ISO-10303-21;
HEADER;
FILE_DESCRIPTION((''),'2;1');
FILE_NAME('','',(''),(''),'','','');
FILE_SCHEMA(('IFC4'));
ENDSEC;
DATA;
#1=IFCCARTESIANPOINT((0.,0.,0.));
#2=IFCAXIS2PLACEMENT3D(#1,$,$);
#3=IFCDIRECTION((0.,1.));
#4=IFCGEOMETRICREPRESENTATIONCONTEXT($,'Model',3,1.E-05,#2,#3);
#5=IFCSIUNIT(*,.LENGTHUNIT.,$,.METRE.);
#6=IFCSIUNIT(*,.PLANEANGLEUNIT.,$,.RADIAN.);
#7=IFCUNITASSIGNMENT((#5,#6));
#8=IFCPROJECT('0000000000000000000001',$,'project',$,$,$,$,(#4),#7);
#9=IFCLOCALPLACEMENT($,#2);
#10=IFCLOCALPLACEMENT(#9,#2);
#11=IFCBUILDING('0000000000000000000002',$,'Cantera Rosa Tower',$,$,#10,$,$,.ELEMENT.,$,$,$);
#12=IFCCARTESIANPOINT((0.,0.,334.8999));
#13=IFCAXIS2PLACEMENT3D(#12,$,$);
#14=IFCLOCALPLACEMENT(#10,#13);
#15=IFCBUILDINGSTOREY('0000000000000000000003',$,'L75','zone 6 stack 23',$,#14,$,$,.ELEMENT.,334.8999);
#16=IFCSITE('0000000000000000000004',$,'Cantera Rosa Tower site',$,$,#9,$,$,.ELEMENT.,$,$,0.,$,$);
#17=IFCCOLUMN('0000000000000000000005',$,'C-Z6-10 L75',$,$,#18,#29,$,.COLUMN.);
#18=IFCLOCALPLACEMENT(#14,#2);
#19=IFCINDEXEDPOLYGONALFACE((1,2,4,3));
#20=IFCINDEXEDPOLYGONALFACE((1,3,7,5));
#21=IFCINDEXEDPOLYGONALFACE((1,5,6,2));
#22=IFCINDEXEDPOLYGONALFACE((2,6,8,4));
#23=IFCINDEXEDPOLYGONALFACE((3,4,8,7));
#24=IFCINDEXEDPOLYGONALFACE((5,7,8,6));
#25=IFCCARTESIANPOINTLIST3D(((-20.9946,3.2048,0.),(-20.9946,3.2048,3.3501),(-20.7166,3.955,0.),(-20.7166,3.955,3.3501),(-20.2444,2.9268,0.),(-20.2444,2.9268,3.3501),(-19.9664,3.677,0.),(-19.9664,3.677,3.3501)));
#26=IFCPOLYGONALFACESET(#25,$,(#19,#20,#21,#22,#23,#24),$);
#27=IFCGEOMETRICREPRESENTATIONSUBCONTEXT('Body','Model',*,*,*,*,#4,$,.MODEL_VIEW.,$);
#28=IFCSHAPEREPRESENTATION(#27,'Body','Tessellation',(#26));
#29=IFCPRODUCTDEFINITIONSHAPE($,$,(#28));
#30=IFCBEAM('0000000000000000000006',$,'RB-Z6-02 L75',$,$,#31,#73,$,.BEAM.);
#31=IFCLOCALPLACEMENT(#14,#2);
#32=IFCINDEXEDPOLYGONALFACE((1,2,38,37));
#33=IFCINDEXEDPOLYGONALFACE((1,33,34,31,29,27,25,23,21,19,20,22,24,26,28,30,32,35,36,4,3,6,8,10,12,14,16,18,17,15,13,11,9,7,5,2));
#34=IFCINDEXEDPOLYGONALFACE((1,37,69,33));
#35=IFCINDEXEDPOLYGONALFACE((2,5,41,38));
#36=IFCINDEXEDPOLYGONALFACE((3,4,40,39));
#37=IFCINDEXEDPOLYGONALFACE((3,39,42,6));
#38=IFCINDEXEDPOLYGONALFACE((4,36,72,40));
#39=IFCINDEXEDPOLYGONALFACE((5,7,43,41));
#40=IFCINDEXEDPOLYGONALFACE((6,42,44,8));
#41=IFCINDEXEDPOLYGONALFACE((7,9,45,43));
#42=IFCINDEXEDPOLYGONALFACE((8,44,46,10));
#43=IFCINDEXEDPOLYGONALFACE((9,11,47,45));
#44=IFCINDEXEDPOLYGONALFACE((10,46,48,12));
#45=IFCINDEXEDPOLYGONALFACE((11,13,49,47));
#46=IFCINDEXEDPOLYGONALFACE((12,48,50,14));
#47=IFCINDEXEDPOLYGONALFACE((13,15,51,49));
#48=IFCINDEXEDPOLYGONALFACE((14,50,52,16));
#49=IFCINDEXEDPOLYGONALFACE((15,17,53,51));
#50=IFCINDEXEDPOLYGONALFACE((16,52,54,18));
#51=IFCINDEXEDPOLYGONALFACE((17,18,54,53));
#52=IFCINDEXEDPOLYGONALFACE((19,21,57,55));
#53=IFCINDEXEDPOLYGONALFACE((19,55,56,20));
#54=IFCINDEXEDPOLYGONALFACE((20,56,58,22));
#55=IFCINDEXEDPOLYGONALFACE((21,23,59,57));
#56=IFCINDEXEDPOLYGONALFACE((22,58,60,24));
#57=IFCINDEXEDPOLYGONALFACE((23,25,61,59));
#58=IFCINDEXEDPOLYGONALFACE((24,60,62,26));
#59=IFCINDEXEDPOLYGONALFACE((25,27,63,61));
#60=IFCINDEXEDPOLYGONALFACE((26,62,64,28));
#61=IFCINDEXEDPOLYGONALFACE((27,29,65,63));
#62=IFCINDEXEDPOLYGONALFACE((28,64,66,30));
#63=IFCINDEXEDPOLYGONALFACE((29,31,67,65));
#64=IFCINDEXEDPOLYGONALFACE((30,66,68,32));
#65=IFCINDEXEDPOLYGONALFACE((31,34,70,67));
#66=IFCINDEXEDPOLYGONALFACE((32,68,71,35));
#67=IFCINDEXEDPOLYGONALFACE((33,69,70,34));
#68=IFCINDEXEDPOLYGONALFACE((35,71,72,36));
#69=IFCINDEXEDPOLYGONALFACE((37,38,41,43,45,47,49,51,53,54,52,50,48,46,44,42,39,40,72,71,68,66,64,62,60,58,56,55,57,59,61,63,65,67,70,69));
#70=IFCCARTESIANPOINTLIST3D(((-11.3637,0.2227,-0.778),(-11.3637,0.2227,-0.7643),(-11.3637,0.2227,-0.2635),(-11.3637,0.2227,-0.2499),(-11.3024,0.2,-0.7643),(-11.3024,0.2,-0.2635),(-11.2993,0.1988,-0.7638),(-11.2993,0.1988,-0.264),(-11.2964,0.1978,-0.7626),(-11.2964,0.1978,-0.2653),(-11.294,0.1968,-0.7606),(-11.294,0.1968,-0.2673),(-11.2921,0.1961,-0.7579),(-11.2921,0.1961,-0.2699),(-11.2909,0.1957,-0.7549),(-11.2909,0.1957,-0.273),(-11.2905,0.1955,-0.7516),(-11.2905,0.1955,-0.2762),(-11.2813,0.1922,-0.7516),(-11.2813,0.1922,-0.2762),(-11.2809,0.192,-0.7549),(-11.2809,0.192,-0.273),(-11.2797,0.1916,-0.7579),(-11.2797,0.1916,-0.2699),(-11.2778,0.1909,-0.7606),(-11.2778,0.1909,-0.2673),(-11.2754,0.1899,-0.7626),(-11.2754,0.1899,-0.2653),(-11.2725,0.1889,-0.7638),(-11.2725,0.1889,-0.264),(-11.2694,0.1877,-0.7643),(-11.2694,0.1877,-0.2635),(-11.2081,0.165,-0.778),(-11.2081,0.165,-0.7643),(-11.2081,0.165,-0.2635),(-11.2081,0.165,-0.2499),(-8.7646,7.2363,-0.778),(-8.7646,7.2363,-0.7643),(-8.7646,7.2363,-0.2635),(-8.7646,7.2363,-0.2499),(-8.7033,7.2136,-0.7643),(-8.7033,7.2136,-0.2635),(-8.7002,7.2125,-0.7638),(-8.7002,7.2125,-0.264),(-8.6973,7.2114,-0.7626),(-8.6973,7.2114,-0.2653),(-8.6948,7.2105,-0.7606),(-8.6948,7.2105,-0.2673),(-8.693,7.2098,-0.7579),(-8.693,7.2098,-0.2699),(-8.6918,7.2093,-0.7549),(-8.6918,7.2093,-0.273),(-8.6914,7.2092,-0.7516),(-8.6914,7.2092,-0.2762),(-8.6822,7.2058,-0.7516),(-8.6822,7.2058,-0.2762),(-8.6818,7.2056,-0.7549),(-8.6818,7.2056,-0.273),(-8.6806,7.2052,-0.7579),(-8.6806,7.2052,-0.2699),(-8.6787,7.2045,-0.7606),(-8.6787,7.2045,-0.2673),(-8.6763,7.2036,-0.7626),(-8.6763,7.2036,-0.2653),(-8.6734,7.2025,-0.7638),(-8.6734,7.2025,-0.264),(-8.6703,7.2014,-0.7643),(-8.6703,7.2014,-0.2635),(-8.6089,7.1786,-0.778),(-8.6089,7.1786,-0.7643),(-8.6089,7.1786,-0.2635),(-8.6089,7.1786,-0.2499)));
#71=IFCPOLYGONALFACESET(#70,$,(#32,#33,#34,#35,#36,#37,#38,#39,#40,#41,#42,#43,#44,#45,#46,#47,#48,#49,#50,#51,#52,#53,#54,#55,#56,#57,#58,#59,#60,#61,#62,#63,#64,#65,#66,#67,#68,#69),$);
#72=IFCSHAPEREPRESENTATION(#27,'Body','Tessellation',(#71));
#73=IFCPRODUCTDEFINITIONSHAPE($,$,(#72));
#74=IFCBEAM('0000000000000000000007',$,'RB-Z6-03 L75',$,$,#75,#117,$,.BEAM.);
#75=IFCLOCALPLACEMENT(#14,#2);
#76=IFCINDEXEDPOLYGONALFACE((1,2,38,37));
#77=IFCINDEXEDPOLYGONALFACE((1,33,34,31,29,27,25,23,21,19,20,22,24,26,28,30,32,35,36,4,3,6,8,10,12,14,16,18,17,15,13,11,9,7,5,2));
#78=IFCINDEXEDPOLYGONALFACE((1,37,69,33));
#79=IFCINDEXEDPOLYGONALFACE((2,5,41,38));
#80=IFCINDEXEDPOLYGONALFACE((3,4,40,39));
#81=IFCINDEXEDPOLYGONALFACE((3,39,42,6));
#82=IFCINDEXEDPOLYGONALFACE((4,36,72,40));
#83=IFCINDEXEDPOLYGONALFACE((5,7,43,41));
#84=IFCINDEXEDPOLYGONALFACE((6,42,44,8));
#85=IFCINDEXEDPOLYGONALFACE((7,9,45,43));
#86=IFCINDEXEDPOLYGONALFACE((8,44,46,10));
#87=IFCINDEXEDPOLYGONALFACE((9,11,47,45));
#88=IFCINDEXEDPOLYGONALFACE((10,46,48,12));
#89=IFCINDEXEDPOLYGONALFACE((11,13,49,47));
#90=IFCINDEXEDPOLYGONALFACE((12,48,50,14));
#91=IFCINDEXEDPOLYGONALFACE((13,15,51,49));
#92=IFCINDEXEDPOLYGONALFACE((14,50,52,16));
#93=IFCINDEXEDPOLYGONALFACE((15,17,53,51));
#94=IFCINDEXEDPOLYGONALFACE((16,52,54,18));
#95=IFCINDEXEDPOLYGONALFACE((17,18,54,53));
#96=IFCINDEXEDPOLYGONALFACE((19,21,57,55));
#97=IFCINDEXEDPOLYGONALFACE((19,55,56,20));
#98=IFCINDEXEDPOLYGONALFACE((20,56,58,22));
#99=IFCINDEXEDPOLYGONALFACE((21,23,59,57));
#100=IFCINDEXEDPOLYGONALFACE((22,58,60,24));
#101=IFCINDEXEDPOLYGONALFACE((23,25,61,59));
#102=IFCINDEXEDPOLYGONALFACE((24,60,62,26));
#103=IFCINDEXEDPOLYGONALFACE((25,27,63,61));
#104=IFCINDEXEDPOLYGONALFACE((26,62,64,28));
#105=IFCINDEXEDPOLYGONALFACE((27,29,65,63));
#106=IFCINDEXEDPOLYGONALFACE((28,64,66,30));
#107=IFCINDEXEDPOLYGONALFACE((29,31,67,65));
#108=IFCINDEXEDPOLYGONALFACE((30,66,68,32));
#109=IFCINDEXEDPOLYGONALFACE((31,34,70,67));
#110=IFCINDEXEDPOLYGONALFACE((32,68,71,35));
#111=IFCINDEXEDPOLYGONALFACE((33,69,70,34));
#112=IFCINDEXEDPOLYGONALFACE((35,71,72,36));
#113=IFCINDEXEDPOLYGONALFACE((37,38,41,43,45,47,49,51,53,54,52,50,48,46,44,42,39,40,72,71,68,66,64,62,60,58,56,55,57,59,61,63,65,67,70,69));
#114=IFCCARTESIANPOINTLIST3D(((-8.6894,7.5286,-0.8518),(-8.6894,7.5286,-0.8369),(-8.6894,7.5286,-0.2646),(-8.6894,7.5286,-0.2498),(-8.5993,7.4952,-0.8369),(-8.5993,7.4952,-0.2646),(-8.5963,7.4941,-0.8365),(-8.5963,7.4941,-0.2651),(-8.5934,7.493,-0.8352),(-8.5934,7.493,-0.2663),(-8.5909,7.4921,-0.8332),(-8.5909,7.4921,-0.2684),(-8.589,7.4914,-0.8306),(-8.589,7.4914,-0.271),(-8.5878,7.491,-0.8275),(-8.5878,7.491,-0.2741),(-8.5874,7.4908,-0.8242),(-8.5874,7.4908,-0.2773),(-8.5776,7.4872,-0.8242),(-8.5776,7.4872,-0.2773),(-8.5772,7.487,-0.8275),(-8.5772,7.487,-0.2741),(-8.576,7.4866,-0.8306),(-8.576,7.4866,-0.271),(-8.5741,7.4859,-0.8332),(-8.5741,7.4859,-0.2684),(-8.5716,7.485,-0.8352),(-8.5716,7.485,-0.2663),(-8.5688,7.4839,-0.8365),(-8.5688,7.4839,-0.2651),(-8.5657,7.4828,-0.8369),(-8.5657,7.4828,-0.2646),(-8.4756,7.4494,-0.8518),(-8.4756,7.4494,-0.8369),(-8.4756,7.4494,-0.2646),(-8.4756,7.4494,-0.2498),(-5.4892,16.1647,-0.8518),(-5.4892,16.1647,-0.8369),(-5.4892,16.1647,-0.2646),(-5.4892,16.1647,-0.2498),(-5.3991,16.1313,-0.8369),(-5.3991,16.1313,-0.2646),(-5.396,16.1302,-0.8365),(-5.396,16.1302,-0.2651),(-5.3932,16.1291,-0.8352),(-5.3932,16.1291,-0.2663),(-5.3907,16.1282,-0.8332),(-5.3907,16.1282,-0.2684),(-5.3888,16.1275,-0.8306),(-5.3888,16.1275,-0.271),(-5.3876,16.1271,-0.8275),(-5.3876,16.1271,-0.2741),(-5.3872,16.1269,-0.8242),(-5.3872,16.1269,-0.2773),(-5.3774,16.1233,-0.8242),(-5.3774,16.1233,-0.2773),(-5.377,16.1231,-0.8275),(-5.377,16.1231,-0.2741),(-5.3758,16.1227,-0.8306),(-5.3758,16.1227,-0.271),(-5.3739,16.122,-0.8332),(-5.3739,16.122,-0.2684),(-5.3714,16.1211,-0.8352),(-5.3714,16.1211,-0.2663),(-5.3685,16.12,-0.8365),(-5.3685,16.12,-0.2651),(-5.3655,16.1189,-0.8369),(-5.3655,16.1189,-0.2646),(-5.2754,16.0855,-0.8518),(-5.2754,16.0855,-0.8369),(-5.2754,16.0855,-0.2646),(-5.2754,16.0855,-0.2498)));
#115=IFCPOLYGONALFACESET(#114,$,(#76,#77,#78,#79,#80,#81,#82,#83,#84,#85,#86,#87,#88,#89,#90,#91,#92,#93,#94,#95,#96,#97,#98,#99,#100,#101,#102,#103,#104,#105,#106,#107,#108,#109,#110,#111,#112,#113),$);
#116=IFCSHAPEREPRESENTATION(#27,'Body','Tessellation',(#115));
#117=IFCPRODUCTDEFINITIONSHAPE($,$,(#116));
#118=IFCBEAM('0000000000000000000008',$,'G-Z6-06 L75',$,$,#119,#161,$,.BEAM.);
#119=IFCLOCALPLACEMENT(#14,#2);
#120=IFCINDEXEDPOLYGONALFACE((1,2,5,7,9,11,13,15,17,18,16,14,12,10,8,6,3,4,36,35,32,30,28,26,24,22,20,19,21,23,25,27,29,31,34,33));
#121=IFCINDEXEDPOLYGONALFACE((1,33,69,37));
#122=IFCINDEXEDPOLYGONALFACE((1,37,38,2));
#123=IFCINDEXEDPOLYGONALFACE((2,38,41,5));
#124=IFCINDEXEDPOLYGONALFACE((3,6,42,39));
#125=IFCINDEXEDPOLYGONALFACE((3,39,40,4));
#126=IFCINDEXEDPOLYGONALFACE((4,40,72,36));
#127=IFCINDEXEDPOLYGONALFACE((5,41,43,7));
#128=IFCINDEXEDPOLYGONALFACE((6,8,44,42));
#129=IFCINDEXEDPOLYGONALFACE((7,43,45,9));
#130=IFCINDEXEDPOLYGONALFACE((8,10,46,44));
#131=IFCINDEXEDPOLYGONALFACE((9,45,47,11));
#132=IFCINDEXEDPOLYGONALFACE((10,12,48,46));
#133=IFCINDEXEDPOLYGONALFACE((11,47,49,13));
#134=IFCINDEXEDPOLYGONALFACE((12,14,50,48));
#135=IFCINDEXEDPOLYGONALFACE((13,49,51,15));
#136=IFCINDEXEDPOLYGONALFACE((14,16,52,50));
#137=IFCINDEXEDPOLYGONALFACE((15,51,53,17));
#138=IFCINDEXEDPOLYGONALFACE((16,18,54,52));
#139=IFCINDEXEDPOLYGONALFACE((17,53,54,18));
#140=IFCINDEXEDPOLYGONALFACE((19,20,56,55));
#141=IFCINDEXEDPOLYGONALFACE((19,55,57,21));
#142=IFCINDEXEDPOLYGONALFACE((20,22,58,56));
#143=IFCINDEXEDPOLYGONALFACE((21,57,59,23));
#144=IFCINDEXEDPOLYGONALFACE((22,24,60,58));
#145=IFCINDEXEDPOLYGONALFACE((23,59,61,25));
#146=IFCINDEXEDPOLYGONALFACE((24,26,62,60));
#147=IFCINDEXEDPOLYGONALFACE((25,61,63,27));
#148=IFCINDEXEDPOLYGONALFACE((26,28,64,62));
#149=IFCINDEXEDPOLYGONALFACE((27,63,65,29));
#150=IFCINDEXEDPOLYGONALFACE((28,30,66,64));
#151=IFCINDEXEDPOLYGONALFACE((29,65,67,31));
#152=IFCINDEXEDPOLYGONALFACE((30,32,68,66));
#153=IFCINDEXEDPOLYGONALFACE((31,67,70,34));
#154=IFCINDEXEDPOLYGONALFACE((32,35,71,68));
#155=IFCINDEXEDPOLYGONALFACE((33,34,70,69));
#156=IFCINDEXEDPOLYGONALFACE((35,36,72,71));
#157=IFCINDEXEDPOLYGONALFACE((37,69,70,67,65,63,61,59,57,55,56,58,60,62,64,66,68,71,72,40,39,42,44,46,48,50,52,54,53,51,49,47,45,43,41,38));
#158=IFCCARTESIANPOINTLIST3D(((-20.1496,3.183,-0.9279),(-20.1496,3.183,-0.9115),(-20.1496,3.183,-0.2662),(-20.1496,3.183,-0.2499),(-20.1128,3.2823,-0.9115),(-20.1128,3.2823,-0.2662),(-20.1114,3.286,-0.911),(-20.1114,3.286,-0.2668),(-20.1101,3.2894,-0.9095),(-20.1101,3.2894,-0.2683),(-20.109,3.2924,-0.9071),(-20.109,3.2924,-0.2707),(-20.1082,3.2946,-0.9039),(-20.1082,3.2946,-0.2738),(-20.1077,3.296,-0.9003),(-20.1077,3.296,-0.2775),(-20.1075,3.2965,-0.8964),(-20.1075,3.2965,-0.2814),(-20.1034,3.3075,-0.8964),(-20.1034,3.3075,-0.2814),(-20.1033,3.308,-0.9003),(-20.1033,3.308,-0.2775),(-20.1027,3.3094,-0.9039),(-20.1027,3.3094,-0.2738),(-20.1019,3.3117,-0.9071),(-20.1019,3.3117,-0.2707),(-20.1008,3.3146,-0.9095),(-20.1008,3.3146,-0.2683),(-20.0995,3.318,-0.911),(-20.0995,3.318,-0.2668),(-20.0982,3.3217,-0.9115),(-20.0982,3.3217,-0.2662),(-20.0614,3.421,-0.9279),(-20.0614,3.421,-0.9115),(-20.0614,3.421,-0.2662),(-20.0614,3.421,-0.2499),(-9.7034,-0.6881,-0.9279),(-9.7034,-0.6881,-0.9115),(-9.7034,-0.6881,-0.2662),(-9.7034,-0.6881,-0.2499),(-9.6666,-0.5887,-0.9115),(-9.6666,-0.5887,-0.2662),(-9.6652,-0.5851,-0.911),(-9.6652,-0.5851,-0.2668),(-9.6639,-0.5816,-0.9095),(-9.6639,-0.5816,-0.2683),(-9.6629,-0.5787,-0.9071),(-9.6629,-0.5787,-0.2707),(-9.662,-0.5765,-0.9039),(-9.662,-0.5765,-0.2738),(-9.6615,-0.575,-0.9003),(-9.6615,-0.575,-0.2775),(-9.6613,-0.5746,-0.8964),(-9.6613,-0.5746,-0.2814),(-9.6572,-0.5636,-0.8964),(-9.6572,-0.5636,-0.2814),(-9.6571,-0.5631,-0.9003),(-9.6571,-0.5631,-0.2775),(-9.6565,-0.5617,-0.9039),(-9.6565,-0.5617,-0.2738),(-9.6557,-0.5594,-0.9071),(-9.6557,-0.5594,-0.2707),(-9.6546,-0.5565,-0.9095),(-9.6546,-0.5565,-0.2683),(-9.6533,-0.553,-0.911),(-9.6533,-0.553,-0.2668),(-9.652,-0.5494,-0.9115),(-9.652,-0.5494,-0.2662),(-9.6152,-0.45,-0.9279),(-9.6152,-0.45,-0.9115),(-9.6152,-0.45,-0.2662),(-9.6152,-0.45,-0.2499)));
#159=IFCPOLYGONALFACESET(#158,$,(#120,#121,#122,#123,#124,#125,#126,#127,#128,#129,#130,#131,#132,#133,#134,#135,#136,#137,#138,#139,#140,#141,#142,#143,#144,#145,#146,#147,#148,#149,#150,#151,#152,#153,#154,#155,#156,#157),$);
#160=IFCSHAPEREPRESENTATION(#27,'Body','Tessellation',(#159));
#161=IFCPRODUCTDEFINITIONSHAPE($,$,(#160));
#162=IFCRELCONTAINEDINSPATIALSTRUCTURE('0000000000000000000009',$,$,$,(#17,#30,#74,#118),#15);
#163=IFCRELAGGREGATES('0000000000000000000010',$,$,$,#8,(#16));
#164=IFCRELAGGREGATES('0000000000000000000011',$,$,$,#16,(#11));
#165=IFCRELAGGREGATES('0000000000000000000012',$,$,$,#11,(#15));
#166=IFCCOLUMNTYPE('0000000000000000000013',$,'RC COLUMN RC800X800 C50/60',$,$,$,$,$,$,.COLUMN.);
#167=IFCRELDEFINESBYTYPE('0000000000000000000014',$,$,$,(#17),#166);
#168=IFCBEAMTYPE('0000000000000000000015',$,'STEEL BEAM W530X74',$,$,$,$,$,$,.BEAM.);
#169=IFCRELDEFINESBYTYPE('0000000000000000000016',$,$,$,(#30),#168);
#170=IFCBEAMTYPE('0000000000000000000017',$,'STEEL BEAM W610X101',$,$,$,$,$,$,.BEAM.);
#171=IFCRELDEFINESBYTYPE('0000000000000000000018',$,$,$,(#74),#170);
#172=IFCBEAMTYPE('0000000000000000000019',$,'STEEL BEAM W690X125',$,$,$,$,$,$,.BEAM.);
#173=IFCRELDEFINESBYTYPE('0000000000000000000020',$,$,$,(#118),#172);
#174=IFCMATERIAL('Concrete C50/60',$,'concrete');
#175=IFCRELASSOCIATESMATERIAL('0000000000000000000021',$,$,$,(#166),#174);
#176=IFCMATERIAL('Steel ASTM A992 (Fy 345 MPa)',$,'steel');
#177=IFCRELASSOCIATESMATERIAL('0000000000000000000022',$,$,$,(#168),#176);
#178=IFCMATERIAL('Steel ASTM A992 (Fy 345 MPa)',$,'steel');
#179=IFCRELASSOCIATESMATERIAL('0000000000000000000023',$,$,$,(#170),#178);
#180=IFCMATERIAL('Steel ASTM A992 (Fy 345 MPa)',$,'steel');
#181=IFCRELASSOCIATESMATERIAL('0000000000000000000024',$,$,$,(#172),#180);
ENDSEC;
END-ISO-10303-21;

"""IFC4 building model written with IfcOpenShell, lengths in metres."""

from ifc_helpers import new_model, si_unit, direction, frame, origin, origin_2d, place, context, subcontext, project, spatial, rectangle, i_section, extrude, material, material_profile, profile_set, type_object, element, save


model = new_model("IFC4")

# Units and contexts
model_context = context("Model", 3, precision=1e-05, world=origin(), true_north=direction((0.0, 1.0)))
body_context = subcontext(model_context, "Body", "Model", "MODEL_VIEW")
ifc_project = project(units=[si_unit("LENGTHUNIT", "METRE"), si_unit("PLANEANGLEUNIT", "RADIAN")], contexts=[model_context])

# Site, building, storey
site_placement = place(None, origin())
site = spatial("IfcSite", under=ifc_project, at=site_placement, Name="Cantera Rosa Tower site", CompositionType="ELEMENT", RefElevation=0.0)
building_placement = place(site_placement, origin())
building = spatial("IfcBuilding", under=site, at=building_placement, Name="Cantera Rosa Tower", CompositionType="ELEMENT")
storey_placement = place(building_placement, frame((0.0, 0.0, 334.8999)))
storey = spatial("IfcBuildingStorey", under=building, at=storey_placement, Name="L75", Description="zone 6 stack 23", CompositionType="ELEMENT", Elevation=334.8999)

# Column
ifc_material_1 = material(Name="Concrete C50/60", Category="concrete")
ifc_material_profile_1 = material_profile(ifc_material_1, rectangle(XDim=0.8, YDim=0.8, at=origin_2d()), Name="RC COLUMN RC800X800 C50/60")
ifc_profile_set_1 = profile_set([ifc_material_profile_1], Name="Concrete C50/60")
column_type = type_object("IfcColumnType", Name="RC COLUMN RC800X800 C50/60", PredefinedType="COLUMN", material=ifc_profile_set_1)
column_placement = place(storey_placement, frame((-20.4805, 3.4409, 0.0), z_axis=(0.0, 0.0, 1.0), x_axis=(0.347481, 0.937687, 0.0)))
element("IfcColumn", 1, at=column_placement, inside=storey, type_object=column_type, Name="C-Z6-10 L75", PredefinedType="COLUMN", context=body_context, shape_type="SweptSolid", body=[
    extrude(rectangle(XDim=0.8, YDim=0.8, at=origin_2d()), origin(), (0.0, 0.0, 1.0), 3.3501),
])

# Beams
ifc_material_2 = material(Name="Steel ASTM A992 (Fy 345 MPa)", Category="steel")
ifc_material_profile_2 = material_profile(ifc_material_2, i_section(OverallWidth=0.166, OverallDepth=0.5281, WebThickness=0.0098, FlangeThickness=0.0137, FilletRadius=0.0127, at=origin_2d()), Name="W530X74")
ifc_profile_set_2 = profile_set([ifc_material_profile_2], Name="Steel ASTM A992 (Fy 345 MPa)")
beam_type_1 = type_object("IfcBeamType", Name="STEEL BEAM W530X74", PredefinedType="BEAM", material=ifc_profile_set_2)
beam_1_placement = place(storey_placement, frame((-11.2859, 0.1938, -0.5139), z_axis=(0.347487, 0.937685, 0.0), x_axis=(-0.937685, 0.347487, 0.0)))
element("IfcBeam", 2, at=beam_1_placement, inside=storey, type_object=beam_type_1, Name="RB-Z6-02 L75", PredefinedType="BEAM", context=body_context, shape_type="SweptSolid", body=[
    extrude(i_section(OverallWidth=0.166, OverallDepth=0.5281, WebThickness=0.0098, FlangeThickness=0.0137, FilletRadius=0.0127, at=origin_2d()), origin(), (0.0, 0.0, 1.0), 7.4797),
])
ifc_material_3 = material(Name="Steel ASTM A992 (Fy 345 MPa)", Category="steel")
ifc_material_profile_3 = material_profile(ifc_material_3, i_section(OverallWidth=0.228, OverallDepth=0.6021, WebThickness=0.0105, FlangeThickness=0.0149, FilletRadius=0.0127, at=origin_2d()), Name="W610X101")
ifc_profile_set_3 = profile_set([ifc_material_profile_3], Name="Steel ASTM A992 (Fy 345 MPa)")
beam_type_2 = type_object("IfcBeamType", Name="STEEL BEAM W610X101", PredefinedType="BEAM", material=ifc_profile_set_3)
beam_2_placement = place(storey_placement, frame((-8.5825, 7.489, -0.5508), z_axis=(0.347475, 0.937689, 0.0), x_axis=(-0.937689, 0.347475, 0.0)))
element("IfcBeam", 3, at=beam_2_placement, inside=storey, type_object=beam_type_2, Name="RB-Z6-03 L75", PredefinedType="BEAM", context=body_context, shape_type="SweptSolid", body=[
    extrude(i_section(OverallWidth=0.228, OverallDepth=0.6021, WebThickness=0.0105, FlangeThickness=0.0149, FilletRadius=0.0127, at=origin_2d()), origin(), (0.0, 0.0, 1.0), 9.21),
])
ifc_material_4 = material(Name="Steel ASTM A992 (Fy 345 MPa)", Category="steel")
ifc_material_profile_4 = material_profile(ifc_material_4, i_section(OverallWidth=0.2539, OverallDepth=0.678, WebThickness=0.0117, FlangeThickness=0.0164, FilletRadius=0.0151, at=origin_2d()), Name="W690X125")
ifc_profile_set_4 = profile_set([ifc_material_profile_4], Name="Steel ASTM A992 (Fy 345 MPa)")
beam_type_3 = type_object("IfcBeamType", Name="STEEL BEAM W690X125", PredefinedType="BEAM", material=ifc_profile_set_4)
beam_3_placement = place(storey_placement, frame((-20.1055, 3.302, -0.5889), z_axis=(0.937687, -0.34748, 0.0), x_axis=(0.34748, 0.937687, 0.0)))
element("IfcBeam", 4, at=beam_3_placement, inside=storey, type_object=beam_type_3, Name="G-Z6-06 L75", PredefinedType="BEAM", context=body_context, shape_type="SweptSolid", body=[
    extrude(i_section(OverallWidth=0.2539, OverallDepth=0.678, WebThickness=0.0117, FlangeThickness=0.0164, FilletRadius=0.0151, at=origin_2d()), origin(), (0.0, 0.0, 1.0), 11.1404),
])

save(model, "model.ifc")
